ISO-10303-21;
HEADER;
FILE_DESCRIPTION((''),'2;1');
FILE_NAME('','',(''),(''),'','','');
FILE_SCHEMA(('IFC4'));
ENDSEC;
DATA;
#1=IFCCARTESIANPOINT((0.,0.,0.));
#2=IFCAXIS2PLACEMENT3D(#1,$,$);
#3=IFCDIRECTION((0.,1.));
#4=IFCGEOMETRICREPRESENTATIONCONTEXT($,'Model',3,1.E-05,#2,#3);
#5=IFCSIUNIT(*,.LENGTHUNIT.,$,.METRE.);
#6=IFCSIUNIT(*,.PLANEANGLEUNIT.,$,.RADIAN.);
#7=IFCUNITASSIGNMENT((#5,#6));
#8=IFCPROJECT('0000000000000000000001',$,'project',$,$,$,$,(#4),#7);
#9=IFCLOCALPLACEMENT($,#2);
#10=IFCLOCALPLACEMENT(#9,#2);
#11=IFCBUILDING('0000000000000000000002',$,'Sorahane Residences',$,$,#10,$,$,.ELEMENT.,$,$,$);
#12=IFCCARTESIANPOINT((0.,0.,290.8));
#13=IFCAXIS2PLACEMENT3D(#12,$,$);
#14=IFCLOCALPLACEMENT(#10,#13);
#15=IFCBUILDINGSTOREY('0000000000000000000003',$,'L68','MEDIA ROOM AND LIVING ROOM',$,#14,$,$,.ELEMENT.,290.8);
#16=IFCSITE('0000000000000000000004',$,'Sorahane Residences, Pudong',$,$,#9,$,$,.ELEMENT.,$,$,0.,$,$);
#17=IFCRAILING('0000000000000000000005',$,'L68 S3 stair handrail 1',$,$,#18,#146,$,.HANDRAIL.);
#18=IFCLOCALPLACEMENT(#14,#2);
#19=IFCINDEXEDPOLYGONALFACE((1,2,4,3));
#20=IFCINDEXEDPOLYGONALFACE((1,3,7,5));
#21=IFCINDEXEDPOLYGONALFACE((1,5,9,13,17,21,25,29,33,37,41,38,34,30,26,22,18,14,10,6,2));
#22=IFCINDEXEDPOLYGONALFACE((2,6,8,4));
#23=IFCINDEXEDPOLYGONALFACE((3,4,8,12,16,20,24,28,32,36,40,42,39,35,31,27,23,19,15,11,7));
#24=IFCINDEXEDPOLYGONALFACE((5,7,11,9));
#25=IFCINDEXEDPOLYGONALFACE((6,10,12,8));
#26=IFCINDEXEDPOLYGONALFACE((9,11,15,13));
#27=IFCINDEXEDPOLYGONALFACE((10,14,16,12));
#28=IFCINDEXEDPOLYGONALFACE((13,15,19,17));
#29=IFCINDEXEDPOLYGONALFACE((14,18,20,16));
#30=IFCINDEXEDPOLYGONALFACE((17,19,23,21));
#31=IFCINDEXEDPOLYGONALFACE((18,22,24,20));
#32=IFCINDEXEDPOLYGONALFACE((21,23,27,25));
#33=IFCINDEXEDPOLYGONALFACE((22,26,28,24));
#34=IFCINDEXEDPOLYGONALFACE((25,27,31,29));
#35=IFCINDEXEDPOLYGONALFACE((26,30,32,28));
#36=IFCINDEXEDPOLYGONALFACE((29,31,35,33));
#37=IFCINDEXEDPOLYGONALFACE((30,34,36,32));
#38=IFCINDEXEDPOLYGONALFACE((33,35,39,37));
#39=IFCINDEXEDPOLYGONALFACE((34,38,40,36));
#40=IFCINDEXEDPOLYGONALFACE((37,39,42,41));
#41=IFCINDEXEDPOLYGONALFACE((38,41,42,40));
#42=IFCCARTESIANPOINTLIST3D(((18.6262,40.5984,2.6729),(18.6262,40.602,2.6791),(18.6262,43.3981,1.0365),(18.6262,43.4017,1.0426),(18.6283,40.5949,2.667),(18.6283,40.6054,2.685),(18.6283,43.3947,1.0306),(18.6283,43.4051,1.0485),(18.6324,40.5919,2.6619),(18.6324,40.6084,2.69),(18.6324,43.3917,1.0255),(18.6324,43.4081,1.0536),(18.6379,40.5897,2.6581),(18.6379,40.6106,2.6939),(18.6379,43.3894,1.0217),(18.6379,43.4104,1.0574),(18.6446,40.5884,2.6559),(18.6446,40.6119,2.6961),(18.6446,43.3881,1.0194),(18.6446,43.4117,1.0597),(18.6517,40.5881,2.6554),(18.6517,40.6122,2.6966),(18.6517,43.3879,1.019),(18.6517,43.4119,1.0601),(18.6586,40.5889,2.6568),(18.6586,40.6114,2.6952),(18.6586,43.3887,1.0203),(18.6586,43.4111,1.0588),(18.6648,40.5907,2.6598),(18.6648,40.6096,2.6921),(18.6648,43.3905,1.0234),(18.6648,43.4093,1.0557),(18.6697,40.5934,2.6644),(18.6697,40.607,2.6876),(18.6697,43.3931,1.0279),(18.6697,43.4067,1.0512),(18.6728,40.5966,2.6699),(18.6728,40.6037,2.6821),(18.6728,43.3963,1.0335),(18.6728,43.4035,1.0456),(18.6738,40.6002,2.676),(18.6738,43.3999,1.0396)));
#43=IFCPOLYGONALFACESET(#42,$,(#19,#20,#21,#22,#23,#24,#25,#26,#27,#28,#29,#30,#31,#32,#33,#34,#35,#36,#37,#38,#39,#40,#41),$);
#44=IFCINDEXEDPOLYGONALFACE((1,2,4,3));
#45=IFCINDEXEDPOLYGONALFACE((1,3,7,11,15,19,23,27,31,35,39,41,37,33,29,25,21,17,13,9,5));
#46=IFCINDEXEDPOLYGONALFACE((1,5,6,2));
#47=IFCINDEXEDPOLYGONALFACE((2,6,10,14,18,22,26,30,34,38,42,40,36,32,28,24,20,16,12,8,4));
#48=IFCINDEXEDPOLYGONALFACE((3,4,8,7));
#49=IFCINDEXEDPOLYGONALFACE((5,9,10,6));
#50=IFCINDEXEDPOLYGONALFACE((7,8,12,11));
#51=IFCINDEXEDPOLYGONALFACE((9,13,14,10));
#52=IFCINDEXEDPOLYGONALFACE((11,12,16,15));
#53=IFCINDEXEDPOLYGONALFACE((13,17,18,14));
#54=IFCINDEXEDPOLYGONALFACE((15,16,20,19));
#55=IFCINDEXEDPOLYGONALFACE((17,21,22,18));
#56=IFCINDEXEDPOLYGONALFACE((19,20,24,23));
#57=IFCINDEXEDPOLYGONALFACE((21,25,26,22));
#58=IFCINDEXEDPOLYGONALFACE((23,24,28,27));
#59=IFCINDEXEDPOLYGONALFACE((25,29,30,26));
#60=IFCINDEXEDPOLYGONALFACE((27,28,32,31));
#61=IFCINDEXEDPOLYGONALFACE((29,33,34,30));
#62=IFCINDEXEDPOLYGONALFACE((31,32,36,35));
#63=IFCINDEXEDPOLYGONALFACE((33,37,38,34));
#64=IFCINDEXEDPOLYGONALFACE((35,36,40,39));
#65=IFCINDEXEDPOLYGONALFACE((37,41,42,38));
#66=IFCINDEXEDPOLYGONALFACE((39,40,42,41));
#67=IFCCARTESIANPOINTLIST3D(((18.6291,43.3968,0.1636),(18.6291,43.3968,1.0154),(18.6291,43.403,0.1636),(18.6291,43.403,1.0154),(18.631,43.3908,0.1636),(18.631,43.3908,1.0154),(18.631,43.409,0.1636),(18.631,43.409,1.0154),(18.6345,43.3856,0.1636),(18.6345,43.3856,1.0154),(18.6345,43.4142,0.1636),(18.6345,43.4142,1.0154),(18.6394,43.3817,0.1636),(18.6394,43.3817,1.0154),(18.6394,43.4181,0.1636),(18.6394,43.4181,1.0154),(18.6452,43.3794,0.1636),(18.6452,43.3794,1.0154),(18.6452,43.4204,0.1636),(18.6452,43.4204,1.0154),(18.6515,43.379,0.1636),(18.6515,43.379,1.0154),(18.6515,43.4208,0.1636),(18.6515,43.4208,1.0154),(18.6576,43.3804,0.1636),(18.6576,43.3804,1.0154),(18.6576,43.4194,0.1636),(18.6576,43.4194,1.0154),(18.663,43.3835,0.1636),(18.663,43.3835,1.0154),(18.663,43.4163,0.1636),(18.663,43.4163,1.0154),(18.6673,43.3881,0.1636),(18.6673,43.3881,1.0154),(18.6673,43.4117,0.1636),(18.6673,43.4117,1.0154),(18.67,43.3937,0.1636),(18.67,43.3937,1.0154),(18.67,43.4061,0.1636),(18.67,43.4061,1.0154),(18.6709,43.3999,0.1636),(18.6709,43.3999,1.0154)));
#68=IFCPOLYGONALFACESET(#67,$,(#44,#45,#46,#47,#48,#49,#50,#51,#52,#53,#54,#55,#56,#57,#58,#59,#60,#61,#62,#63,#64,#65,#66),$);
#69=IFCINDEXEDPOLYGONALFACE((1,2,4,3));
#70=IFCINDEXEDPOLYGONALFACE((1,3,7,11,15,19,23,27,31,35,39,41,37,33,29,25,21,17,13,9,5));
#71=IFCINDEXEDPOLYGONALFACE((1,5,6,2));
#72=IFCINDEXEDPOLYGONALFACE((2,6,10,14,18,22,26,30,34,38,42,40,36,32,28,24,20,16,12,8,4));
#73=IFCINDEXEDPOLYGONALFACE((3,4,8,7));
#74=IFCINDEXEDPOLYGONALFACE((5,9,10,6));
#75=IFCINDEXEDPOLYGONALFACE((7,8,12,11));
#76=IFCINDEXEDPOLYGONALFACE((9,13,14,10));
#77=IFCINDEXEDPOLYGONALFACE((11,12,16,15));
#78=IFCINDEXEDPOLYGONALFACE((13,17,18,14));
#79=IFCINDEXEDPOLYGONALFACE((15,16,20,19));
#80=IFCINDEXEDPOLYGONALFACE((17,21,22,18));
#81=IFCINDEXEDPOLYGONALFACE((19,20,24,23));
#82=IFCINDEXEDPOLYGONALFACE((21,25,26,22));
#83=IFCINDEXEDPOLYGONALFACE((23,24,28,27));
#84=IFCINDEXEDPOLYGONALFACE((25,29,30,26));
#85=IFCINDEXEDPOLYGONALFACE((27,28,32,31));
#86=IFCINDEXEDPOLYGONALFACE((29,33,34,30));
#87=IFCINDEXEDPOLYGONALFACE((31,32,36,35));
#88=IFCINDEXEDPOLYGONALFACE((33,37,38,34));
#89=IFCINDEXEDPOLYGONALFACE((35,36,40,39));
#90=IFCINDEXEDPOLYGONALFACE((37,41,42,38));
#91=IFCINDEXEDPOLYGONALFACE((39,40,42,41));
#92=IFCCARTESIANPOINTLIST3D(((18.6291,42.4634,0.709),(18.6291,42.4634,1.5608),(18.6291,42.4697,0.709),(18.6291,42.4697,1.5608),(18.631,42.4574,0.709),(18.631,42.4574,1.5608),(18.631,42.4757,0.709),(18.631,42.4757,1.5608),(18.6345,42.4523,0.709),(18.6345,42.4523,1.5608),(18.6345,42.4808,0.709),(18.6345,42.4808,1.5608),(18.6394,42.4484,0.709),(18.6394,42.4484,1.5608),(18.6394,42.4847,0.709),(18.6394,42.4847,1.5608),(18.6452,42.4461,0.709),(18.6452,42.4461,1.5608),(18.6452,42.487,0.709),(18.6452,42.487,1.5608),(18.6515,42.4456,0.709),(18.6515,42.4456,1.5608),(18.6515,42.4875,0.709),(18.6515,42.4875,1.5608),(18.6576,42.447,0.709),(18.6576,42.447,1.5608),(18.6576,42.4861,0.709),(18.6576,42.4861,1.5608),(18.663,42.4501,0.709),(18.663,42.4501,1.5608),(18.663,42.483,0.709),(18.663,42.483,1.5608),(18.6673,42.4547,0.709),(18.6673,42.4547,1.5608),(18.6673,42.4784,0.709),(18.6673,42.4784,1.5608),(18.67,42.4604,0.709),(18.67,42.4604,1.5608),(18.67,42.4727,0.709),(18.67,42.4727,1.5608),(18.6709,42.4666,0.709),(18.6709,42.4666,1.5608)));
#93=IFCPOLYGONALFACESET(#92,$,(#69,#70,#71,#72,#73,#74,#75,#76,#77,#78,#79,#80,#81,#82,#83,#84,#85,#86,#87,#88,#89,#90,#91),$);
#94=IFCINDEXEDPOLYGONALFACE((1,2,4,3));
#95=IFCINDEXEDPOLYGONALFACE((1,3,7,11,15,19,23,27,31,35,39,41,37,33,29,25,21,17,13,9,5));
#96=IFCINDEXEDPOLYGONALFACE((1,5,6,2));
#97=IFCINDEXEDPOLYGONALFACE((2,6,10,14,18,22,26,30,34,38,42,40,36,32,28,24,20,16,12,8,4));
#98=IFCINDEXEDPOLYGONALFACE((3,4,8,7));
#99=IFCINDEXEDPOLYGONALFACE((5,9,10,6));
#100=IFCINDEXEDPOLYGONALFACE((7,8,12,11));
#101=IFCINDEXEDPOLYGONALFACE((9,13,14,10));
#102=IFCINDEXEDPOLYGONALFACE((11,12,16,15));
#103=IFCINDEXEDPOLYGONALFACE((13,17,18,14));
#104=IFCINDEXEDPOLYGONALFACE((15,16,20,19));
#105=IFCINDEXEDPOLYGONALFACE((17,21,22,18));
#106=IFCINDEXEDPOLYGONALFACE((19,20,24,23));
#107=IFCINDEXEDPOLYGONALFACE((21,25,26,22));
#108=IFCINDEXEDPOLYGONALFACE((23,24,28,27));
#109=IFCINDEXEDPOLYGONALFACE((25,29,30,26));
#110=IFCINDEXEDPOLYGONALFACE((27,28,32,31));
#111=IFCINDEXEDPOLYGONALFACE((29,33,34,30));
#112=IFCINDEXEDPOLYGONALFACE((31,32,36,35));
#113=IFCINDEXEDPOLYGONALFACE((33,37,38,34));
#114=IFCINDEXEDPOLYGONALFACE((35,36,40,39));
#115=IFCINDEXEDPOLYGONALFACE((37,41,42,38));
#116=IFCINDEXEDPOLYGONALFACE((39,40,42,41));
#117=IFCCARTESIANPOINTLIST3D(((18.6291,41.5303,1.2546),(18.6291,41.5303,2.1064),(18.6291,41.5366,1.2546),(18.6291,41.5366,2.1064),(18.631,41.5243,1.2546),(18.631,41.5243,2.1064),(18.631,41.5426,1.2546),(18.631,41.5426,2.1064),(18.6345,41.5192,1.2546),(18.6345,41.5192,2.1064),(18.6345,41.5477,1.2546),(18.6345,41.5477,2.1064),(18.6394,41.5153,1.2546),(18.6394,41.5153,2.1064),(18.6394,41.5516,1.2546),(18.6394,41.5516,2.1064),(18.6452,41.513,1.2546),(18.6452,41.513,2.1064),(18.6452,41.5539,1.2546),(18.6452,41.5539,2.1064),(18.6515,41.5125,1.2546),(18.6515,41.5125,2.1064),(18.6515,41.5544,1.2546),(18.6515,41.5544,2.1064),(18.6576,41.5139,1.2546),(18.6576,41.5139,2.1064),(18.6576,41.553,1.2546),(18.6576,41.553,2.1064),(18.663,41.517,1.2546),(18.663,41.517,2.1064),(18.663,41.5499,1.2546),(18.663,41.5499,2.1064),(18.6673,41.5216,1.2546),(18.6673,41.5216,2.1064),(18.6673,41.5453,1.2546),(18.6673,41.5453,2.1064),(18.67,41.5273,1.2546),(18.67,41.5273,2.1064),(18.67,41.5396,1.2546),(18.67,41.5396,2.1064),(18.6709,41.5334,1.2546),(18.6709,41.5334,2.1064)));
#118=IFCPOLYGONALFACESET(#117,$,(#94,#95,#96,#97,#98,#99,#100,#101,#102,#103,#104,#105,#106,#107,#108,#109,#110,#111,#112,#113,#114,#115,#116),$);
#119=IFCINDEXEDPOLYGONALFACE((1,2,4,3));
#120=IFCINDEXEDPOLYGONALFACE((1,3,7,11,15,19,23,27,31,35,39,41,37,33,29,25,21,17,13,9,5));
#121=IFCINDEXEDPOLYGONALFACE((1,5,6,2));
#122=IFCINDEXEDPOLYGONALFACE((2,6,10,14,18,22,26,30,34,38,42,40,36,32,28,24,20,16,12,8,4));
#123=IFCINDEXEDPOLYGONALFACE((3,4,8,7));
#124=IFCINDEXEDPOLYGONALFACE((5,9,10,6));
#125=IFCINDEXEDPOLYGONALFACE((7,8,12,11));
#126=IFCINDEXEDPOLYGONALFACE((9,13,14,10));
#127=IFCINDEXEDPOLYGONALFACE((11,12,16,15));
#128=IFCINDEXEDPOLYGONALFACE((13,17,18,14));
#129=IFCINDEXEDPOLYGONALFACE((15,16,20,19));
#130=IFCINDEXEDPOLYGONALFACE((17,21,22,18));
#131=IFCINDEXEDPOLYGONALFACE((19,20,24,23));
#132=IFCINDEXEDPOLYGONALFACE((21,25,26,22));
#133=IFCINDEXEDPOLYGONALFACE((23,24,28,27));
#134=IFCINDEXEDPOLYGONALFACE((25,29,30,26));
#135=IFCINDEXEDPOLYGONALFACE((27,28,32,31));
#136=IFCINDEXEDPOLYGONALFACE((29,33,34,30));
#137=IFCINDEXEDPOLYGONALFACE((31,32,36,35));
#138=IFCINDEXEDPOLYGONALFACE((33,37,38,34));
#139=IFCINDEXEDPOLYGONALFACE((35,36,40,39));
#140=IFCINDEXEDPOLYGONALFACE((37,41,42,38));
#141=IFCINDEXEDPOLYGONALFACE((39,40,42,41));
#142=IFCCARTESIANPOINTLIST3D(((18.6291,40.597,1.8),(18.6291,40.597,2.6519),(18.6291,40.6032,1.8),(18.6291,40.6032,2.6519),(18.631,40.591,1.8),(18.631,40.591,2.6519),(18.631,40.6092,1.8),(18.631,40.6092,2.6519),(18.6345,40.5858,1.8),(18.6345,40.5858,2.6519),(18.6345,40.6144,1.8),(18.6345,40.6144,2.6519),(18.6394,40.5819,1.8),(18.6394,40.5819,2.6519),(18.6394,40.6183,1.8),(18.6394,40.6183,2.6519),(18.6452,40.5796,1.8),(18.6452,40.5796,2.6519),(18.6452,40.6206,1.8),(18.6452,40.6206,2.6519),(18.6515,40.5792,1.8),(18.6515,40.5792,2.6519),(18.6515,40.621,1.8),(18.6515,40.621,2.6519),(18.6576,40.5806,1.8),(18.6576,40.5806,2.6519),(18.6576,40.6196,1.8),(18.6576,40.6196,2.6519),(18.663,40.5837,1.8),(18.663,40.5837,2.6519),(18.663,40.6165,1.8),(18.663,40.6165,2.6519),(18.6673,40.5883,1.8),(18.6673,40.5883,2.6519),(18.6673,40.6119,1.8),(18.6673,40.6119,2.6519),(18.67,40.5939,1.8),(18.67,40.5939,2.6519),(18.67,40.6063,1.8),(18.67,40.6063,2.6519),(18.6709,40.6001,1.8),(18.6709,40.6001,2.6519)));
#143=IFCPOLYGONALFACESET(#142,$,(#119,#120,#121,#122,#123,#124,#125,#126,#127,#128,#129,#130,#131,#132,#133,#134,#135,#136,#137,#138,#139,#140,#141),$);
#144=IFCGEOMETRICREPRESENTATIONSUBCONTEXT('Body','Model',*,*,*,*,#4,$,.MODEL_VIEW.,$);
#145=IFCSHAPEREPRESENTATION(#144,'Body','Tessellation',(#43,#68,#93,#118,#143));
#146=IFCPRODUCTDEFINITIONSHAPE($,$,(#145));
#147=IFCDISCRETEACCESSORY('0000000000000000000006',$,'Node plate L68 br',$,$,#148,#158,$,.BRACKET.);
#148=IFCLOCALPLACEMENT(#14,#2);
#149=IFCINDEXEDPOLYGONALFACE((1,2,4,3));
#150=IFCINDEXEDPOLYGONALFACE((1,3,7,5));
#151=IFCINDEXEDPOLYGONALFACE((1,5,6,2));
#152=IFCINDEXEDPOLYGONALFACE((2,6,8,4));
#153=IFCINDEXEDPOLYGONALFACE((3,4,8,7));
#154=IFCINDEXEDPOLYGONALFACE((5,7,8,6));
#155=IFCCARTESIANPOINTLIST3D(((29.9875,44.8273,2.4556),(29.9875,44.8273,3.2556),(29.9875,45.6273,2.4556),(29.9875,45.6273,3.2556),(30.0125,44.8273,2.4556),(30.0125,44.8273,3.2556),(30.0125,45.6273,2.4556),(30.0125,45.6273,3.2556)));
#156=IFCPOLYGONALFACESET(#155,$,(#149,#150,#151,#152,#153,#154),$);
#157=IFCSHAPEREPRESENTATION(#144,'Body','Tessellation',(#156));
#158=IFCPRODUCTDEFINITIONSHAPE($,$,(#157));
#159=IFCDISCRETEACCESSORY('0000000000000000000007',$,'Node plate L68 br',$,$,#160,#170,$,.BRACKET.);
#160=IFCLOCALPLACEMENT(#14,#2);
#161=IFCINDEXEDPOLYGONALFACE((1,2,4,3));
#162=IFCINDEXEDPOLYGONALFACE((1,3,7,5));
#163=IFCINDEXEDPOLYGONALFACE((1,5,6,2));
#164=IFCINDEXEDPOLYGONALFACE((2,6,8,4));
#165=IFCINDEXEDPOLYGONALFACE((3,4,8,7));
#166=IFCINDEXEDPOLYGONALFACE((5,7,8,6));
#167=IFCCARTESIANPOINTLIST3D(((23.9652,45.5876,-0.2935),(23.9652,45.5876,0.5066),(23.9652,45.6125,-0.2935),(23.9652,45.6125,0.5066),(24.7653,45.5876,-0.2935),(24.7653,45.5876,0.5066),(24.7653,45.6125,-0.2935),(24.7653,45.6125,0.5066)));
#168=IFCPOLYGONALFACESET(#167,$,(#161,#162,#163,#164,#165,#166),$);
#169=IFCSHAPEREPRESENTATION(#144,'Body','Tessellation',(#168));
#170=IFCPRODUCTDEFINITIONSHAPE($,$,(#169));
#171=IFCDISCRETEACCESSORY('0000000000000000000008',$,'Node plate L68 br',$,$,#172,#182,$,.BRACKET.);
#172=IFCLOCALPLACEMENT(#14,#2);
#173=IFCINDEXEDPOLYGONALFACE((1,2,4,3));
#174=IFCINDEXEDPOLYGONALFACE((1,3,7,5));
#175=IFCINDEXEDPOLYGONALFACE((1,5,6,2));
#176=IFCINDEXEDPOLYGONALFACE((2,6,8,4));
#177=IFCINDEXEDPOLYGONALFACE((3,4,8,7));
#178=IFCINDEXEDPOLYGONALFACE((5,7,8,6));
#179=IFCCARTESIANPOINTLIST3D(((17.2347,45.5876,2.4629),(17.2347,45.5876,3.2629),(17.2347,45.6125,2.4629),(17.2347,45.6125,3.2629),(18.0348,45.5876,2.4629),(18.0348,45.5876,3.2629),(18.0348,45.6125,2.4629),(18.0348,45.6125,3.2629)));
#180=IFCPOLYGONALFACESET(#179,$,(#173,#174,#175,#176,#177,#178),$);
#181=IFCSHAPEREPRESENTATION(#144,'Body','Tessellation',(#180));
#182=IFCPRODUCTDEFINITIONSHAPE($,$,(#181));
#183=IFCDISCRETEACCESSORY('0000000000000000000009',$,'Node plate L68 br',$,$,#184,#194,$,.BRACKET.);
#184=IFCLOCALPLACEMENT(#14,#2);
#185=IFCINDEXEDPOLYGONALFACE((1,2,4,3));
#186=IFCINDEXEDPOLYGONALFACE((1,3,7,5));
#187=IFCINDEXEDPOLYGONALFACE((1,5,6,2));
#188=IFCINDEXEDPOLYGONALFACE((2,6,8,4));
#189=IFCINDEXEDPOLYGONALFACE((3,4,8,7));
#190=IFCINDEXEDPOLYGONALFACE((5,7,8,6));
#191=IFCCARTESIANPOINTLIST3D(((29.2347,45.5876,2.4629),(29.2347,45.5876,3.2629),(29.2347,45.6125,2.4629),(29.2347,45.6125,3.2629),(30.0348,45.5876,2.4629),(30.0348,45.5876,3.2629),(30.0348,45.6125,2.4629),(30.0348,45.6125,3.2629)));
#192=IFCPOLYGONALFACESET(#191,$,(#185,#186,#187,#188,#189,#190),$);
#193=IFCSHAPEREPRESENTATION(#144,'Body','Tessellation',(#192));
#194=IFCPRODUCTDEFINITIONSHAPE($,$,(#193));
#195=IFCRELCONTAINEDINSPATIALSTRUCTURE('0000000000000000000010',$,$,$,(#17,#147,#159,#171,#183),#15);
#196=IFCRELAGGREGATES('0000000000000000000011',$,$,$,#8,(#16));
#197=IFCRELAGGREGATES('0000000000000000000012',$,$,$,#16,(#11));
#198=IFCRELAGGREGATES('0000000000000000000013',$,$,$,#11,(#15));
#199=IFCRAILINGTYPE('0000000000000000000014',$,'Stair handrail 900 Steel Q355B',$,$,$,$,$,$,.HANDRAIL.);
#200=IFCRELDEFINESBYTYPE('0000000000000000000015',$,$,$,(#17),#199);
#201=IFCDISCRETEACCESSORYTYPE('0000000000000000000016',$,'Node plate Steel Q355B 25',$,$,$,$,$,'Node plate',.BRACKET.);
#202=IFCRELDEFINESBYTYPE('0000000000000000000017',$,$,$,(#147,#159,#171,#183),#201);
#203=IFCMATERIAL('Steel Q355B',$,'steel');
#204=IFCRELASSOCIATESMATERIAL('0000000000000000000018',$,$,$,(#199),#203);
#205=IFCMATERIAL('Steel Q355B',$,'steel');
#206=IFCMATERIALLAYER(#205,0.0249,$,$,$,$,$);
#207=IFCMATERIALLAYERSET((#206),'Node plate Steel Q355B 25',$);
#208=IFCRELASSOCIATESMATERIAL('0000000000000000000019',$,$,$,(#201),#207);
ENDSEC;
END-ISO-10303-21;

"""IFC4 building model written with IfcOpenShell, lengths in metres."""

from ifc_helpers import new_model, si_unit, direction, frame, origin, origin_2d, place, context, subcontext, project, spatial, rectangle, circle, extrude, material, layer, layer_set, type_object, element, save


model = new_model("IFC4")

# Units and contexts
model_context = context("Model", 3, precision=1e-05, world=origin(), true_north=direction((0.0, 1.0)))
body_context = subcontext(model_context, "Body", "Model", "MODEL_VIEW")
ifc_project = project(units=[si_unit("LENGTHUNIT", "METRE"), si_unit("PLANEANGLEUNIT", "RADIAN")], contexts=[model_context])

# Site, building, storey
site_placement = place(None, origin())
site = spatial("IfcSite", under=ifc_project, at=site_placement, Name="Sorahane Residences, Pudong", CompositionType="ELEMENT", RefElevation=0.0)
building_placement = place(site_placement, origin())
building = spatial("IfcBuilding", under=site, at=building_placement, Name="Sorahane Residences", CompositionType="ELEMENT")
storey_placement = place(building_placement, frame((0.0, 0.0, 290.8)))
storey = spatial("IfcBuildingStorey", under=building, at=storey_placement, Name="L68", Description="MEDIA ROOM AND LIVING ROOM", CompositionType="ELEMENT", Elevation=290.8)

# Railing
ifc_material_1 = material(Name="Steel Q355B", Category="steel")
railing_type_1 = type_object("IfcRailingType", Name="Stair handrail 900 Steel Q355B", PredefinedType="HANDRAIL", material=ifc_material_1)
railing_1_placement = place(storey_placement, frame((18.6499, 43.3999, 0.1636)))
element("IfcRailing", 1, at=railing_1_placement, inside=storey, type_object=railing_type_1, Name="L68 S3 stair handrail 1", PredefinedType="HANDRAIL", context=body_context, shape_type="SweptSolid", body=[
    extrude(circle(Radius=0.0239, at=origin_2d()), frame((0.0, 0.0, 0.876), z_axis=(0.0, -0.863342, 0.50462), x_axis=(1.0, 0.0, 0.0)), (0.0, 0.0, 1.0), 3.2429),
    extrude(circle(Radius=0.021, at=origin_2d()), origin(), (0.0, 0.0, 1.0), 0.8518),
    extrude(circle(Radius=0.021, at=origin_2d()), frame((0.0, -0.9333, 0.5454)), (0.0, 0.0, 1.0), 0.8518),
    extrude(circle(Radius=0.021, at=origin_2d()), frame((0.0, -1.8665, 1.0911)), (0.0, 0.0, 1.0), 0.8518),
    extrude(circle(Radius=0.021, at=origin_2d()), frame((0.0, -2.7998, 1.6365)), (0.0, 0.0, 1.0), 0.8518),
])

# Discrete accessories
ifc_material_2 = material(Name="Steel Q355B", Category="steel")
ifc_layer_1 = layer(ifc_material_2, 0.0249)
ifc_layer_set_1 = layer_set([ifc_layer_1], Name="Node plate Steel Q355B 25")
discrete_accessory_type = type_object("IfcDiscreteAccessoryType", Name="Node plate Steel Q355B 25", ElementType="Node plate", PredefinedType="BRACKET", material=ifc_layer_set_1)
for number, where, z_axis, x_axis, name in (
    (2, (30.0, 45.2273, 2.4556), (0.0, 0.0, 1.0), (0.0, 1.0, 0.0), "Node plate L68 br"),
    (3, (24.3652, 45.6001, -0.2935), (0.0, 0.0, 1.0), (1.0, 0.0, 0.0), "Node plate L68 br"),
    (4, (17.6348, 45.6001, 2.4629), (0.0, 0.0, 1.0), (1.0, 0.0, 0.0), "Node plate L68 br"),
    (5, (29.6348, 45.6001, 2.4629), (0.0, 0.0, 1.0), (1.0, 0.0, 0.0), "Node plate L68 br"),
):
    element("IfcDiscreteAccessory", number, at=place(storey_placement, frame(where, z_axis=z_axis, x_axis=x_axis)), inside=storey, type_object=discrete_accessory_type, Name=name, PredefinedType="BRACKET", context=body_context, shape_type="SweptSolid", body=[
        extrude(rectangle(XDim=0.8, YDim=0.0249, at=origin_2d()), origin(), (0.0, 0.0, 1.0), 0.8),
    ])

save(model, "model.ifc")
